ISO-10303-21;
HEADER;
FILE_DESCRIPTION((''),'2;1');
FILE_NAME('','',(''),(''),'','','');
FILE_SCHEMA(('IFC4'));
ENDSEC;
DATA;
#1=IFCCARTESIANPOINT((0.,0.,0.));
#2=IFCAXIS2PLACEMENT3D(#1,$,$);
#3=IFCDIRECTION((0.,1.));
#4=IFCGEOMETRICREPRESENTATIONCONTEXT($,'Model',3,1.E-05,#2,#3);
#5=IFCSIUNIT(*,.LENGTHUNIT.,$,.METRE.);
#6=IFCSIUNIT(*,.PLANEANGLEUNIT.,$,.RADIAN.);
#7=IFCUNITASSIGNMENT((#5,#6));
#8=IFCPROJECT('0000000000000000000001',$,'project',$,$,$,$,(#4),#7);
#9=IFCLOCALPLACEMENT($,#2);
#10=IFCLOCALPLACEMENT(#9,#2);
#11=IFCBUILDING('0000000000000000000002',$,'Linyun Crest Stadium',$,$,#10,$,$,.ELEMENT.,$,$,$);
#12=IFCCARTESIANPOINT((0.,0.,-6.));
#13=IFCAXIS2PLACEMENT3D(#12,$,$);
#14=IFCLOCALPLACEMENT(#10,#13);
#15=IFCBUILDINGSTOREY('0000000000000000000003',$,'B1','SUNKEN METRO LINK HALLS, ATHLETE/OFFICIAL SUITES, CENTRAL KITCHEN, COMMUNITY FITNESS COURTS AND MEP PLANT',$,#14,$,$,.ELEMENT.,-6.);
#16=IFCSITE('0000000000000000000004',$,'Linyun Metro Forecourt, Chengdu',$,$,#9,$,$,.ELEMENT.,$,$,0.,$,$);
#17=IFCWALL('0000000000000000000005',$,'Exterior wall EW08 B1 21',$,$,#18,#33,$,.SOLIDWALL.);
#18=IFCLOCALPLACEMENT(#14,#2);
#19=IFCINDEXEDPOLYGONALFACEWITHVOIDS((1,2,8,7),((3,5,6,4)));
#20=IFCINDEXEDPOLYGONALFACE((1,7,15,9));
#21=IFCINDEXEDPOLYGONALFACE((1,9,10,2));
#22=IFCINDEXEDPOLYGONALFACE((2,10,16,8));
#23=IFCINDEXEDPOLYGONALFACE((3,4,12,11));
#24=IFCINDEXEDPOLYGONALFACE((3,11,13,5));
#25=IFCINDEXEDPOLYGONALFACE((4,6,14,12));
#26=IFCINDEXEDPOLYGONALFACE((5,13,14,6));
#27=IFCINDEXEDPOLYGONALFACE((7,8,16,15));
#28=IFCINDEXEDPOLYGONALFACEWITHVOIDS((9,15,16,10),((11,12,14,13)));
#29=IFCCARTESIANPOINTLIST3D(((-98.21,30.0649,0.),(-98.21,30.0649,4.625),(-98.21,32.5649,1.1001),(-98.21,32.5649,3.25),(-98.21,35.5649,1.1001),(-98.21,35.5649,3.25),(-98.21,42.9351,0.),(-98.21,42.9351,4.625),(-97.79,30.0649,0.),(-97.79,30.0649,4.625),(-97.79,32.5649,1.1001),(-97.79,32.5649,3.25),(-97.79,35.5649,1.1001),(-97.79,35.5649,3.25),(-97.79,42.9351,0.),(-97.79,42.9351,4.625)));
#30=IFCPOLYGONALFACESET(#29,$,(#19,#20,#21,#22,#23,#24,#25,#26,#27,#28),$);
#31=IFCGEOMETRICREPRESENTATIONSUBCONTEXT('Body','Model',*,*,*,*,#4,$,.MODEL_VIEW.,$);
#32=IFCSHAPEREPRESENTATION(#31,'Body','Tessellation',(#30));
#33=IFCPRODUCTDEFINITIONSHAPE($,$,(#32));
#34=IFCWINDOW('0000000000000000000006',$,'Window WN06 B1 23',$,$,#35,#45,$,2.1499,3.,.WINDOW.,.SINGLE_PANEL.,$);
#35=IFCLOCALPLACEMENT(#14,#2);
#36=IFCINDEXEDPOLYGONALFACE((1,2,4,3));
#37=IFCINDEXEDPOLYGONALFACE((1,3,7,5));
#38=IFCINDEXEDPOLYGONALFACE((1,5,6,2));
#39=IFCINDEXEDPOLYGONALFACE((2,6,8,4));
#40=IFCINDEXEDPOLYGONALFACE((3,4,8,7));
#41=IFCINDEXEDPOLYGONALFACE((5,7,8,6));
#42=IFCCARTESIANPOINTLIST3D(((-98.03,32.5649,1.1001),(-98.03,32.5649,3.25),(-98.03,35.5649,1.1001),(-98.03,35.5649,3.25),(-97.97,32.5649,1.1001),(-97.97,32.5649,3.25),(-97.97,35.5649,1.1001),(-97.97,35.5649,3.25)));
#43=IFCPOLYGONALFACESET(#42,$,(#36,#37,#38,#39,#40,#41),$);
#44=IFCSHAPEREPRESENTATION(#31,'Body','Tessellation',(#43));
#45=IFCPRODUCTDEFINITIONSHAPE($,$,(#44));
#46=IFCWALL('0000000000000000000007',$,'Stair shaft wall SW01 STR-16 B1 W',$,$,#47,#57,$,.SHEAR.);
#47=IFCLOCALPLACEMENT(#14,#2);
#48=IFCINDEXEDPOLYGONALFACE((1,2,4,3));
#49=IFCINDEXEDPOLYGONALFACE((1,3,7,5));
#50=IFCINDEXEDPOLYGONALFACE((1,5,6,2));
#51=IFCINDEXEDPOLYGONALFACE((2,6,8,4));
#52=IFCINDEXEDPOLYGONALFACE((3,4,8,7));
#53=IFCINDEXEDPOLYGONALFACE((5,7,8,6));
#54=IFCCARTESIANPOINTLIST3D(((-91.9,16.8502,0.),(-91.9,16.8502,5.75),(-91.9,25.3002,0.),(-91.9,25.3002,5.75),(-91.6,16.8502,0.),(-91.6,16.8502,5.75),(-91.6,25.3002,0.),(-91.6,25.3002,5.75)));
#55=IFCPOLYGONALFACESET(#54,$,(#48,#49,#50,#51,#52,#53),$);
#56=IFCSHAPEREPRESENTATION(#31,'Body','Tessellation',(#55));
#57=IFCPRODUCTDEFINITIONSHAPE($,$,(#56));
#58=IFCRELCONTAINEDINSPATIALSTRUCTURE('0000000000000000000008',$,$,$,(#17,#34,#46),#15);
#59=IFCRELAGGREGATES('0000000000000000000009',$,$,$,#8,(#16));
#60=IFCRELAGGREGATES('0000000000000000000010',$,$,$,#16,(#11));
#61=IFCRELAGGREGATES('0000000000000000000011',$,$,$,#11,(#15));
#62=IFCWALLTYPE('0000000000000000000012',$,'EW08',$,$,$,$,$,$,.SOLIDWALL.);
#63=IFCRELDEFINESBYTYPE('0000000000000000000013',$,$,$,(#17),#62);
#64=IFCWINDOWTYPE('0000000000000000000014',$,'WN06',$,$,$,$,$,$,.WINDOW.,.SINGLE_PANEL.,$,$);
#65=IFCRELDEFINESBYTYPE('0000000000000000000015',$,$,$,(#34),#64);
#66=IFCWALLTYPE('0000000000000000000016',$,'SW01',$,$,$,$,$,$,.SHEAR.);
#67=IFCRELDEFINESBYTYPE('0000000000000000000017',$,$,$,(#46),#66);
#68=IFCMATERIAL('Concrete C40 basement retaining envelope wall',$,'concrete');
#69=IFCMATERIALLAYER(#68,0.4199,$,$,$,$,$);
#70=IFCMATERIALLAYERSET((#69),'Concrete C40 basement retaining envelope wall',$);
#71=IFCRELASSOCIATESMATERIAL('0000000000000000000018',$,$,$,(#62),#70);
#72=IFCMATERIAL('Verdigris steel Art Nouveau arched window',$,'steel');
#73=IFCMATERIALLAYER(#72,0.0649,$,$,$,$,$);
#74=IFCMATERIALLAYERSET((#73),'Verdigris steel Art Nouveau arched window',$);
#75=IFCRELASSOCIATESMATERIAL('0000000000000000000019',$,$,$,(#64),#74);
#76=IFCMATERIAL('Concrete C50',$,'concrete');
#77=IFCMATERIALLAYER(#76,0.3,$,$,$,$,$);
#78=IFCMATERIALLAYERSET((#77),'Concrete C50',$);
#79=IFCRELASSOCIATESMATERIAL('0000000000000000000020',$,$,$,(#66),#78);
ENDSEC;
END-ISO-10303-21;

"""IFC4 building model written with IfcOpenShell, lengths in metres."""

from ifc_helpers import new_model, si_unit, direction, frame, frame_2d, origin, place, context, subcontext, project, spatial, rectangle, extrude, material, layer, layer_set, type_object, element, fill, save


model = new_model("IFC4")

# Units and contexts
model_context = context("Model", 3, precision=1e-05, world=origin(), true_north=direction((0.0, 1.0)))
body_context = subcontext(model_context, "Body", "Model", "MODEL_VIEW")
ifc_project = project(units=[si_unit("LENGTHUNIT", "METRE"), si_unit("PLANEANGLEUNIT", "RADIAN")], contexts=[model_context])

# Site, building, storey
site_placement = place(None, origin())
site = spatial("IfcSite", under=ifc_project, at=site_placement, Name="Linyun Metro Forecourt, Chengdu", CompositionType="ELEMENT", RefElevation=0.0)
building_placement = place(site_placement, origin())
building = spatial("IfcBuilding", under=site, at=building_placement, Name="Linyun Crest Stadium", CompositionType="ELEMENT")
storey_placement = place(building_placement, frame((0.0, 0.0, -6.0)))
storey = spatial("IfcBuildingStorey", under=building, at=storey_placement, Name="B1", Description="SUNKEN METRO LINK HALLS, ATHLETE/OFFICIAL SUITES, CENTRAL KITCHEN, COMMUNITY FITNESS COURTS AND MEP PLANT", CompositionType="ELEMENT", Elevation=-6.0)

# Wall, opening, window
ifc_material_1 = material(Name="Concrete C40 basement retaining envelope wall", Category="concrete")
ifc_layer_1 = layer(ifc_material_1, 0.4199)
ifc_layer_set_1 = layer_set([ifc_layer_1], Name="Concrete C40 basement retaining envelope wall")
wall_type_1 = type_object("IfcWallType", Name="EW08", PredefinedType="SOLIDWALL", material=ifc_layer_set_1)
wall_1_placement = place(storey_placement, frame((-98.0, 30.0649, 0.0), z_axis=(0.0, 0.0, 1.0), x_axis=(0.0, 1.0, 0.0)))
wall_1 = element("IfcWall", 1, at=wall_1_placement, inside=storey, type_object=wall_type_1, Name="Exterior wall EW08 B1 21", PredefinedType="SOLIDWALL", context=body_context, shape_type="SweptSolid", body=[
    extrude(rectangle(XDim=12.8701, YDim=0.4199, at=frame_2d((6.4351, 0.0))), origin(), (0.0, 0.0, 1.0), 4.625),
])
opening_1_placement = place(wall_1_placement, frame((2.5, 0.0, 1.1001)))
opening_1 = element("IfcOpeningElement", 2, at=opening_1_placement, cuts=wall_1, PredefinedType="OPENING", context=body_context, shape_type="SweptSolid", body=[
    extrude(rectangle(XDim=3.0, YDim=2.1499, at=frame_2d((1.5, 1.075))), frame((0.0, 0.22, 0.0), z_axis=(0.0, -1.0, 0.0), x_axis=(1.0, 0.0, 0.0)), (0.0, 0.0, 1.0), 0.4399),
])
ifc_material_2 = material(Name="Verdigris steel Art Nouveau arched window", Category="steel")
ifc_layer_2 = layer(ifc_material_2, 0.0649)
ifc_layer_set_2 = layer_set([ifc_layer_2], Name="Verdigris steel Art Nouveau arched window")
window_type_1 = type_object("IfcWindowType", Name="WN06", PartitioningType="SINGLE_PANEL", PredefinedType="WINDOW", material=ifc_layer_set_2)
window_1_placement = place(opening_1_placement, origin())
window_1 = element("IfcWindow", 3, at=window_1_placement, inside=storey, type_object=window_type_1, Name="Window WN06 B1 23", OverallHeight=2.1499, OverallWidth=3.0, PartitioningType="SINGLE_PANEL", PredefinedType="WINDOW", context=body_context, shape_type="SweptSolid", body=[
    extrude(rectangle(XDim=3.0, YDim=2.1499, at=frame_2d((1.5, 1.075))), frame((0.0, 0.03, 0.0), z_axis=(0.0, -1.0, 0.0), x_axis=(1.0, 0.0, 0.0)), (0.0, 0.0, 1.0), 0.0601),
])
fill(opening_1, window_1)

# Wall
ifc_material_3 = material(Name="Concrete C50", Category="concrete")
ifc_layer_3 = layer(ifc_material_3, 0.3)
ifc_layer_set_3 = layer_set([ifc_layer_3], Name="Concrete C50")
wall_type_2 = type_object("IfcWallType", Name="SW01", PredefinedType="SHEAR", material=ifc_layer_set_3)
wall_2_placement = place(storey_placement, frame((-91.75, 16.8501, 0.0), z_axis=(0.0, 0.0, 1.0), x_axis=(0.0, 1.0, 0.0)))
element("IfcWall", 4, at=wall_2_placement, inside=storey, type_object=wall_type_2, Name="Stair shaft wall SW01 STR-16 B1 W", PredefinedType="SHEAR", context=body_context, shape_type="SweptSolid", body=[
    extrude(rectangle(XDim=8.45, YDim=0.3, at=frame_2d((4.2251, 0.0))), origin(), (0.0, 0.0, 1.0), 5.75),
])

save(model, "model.ifc")
